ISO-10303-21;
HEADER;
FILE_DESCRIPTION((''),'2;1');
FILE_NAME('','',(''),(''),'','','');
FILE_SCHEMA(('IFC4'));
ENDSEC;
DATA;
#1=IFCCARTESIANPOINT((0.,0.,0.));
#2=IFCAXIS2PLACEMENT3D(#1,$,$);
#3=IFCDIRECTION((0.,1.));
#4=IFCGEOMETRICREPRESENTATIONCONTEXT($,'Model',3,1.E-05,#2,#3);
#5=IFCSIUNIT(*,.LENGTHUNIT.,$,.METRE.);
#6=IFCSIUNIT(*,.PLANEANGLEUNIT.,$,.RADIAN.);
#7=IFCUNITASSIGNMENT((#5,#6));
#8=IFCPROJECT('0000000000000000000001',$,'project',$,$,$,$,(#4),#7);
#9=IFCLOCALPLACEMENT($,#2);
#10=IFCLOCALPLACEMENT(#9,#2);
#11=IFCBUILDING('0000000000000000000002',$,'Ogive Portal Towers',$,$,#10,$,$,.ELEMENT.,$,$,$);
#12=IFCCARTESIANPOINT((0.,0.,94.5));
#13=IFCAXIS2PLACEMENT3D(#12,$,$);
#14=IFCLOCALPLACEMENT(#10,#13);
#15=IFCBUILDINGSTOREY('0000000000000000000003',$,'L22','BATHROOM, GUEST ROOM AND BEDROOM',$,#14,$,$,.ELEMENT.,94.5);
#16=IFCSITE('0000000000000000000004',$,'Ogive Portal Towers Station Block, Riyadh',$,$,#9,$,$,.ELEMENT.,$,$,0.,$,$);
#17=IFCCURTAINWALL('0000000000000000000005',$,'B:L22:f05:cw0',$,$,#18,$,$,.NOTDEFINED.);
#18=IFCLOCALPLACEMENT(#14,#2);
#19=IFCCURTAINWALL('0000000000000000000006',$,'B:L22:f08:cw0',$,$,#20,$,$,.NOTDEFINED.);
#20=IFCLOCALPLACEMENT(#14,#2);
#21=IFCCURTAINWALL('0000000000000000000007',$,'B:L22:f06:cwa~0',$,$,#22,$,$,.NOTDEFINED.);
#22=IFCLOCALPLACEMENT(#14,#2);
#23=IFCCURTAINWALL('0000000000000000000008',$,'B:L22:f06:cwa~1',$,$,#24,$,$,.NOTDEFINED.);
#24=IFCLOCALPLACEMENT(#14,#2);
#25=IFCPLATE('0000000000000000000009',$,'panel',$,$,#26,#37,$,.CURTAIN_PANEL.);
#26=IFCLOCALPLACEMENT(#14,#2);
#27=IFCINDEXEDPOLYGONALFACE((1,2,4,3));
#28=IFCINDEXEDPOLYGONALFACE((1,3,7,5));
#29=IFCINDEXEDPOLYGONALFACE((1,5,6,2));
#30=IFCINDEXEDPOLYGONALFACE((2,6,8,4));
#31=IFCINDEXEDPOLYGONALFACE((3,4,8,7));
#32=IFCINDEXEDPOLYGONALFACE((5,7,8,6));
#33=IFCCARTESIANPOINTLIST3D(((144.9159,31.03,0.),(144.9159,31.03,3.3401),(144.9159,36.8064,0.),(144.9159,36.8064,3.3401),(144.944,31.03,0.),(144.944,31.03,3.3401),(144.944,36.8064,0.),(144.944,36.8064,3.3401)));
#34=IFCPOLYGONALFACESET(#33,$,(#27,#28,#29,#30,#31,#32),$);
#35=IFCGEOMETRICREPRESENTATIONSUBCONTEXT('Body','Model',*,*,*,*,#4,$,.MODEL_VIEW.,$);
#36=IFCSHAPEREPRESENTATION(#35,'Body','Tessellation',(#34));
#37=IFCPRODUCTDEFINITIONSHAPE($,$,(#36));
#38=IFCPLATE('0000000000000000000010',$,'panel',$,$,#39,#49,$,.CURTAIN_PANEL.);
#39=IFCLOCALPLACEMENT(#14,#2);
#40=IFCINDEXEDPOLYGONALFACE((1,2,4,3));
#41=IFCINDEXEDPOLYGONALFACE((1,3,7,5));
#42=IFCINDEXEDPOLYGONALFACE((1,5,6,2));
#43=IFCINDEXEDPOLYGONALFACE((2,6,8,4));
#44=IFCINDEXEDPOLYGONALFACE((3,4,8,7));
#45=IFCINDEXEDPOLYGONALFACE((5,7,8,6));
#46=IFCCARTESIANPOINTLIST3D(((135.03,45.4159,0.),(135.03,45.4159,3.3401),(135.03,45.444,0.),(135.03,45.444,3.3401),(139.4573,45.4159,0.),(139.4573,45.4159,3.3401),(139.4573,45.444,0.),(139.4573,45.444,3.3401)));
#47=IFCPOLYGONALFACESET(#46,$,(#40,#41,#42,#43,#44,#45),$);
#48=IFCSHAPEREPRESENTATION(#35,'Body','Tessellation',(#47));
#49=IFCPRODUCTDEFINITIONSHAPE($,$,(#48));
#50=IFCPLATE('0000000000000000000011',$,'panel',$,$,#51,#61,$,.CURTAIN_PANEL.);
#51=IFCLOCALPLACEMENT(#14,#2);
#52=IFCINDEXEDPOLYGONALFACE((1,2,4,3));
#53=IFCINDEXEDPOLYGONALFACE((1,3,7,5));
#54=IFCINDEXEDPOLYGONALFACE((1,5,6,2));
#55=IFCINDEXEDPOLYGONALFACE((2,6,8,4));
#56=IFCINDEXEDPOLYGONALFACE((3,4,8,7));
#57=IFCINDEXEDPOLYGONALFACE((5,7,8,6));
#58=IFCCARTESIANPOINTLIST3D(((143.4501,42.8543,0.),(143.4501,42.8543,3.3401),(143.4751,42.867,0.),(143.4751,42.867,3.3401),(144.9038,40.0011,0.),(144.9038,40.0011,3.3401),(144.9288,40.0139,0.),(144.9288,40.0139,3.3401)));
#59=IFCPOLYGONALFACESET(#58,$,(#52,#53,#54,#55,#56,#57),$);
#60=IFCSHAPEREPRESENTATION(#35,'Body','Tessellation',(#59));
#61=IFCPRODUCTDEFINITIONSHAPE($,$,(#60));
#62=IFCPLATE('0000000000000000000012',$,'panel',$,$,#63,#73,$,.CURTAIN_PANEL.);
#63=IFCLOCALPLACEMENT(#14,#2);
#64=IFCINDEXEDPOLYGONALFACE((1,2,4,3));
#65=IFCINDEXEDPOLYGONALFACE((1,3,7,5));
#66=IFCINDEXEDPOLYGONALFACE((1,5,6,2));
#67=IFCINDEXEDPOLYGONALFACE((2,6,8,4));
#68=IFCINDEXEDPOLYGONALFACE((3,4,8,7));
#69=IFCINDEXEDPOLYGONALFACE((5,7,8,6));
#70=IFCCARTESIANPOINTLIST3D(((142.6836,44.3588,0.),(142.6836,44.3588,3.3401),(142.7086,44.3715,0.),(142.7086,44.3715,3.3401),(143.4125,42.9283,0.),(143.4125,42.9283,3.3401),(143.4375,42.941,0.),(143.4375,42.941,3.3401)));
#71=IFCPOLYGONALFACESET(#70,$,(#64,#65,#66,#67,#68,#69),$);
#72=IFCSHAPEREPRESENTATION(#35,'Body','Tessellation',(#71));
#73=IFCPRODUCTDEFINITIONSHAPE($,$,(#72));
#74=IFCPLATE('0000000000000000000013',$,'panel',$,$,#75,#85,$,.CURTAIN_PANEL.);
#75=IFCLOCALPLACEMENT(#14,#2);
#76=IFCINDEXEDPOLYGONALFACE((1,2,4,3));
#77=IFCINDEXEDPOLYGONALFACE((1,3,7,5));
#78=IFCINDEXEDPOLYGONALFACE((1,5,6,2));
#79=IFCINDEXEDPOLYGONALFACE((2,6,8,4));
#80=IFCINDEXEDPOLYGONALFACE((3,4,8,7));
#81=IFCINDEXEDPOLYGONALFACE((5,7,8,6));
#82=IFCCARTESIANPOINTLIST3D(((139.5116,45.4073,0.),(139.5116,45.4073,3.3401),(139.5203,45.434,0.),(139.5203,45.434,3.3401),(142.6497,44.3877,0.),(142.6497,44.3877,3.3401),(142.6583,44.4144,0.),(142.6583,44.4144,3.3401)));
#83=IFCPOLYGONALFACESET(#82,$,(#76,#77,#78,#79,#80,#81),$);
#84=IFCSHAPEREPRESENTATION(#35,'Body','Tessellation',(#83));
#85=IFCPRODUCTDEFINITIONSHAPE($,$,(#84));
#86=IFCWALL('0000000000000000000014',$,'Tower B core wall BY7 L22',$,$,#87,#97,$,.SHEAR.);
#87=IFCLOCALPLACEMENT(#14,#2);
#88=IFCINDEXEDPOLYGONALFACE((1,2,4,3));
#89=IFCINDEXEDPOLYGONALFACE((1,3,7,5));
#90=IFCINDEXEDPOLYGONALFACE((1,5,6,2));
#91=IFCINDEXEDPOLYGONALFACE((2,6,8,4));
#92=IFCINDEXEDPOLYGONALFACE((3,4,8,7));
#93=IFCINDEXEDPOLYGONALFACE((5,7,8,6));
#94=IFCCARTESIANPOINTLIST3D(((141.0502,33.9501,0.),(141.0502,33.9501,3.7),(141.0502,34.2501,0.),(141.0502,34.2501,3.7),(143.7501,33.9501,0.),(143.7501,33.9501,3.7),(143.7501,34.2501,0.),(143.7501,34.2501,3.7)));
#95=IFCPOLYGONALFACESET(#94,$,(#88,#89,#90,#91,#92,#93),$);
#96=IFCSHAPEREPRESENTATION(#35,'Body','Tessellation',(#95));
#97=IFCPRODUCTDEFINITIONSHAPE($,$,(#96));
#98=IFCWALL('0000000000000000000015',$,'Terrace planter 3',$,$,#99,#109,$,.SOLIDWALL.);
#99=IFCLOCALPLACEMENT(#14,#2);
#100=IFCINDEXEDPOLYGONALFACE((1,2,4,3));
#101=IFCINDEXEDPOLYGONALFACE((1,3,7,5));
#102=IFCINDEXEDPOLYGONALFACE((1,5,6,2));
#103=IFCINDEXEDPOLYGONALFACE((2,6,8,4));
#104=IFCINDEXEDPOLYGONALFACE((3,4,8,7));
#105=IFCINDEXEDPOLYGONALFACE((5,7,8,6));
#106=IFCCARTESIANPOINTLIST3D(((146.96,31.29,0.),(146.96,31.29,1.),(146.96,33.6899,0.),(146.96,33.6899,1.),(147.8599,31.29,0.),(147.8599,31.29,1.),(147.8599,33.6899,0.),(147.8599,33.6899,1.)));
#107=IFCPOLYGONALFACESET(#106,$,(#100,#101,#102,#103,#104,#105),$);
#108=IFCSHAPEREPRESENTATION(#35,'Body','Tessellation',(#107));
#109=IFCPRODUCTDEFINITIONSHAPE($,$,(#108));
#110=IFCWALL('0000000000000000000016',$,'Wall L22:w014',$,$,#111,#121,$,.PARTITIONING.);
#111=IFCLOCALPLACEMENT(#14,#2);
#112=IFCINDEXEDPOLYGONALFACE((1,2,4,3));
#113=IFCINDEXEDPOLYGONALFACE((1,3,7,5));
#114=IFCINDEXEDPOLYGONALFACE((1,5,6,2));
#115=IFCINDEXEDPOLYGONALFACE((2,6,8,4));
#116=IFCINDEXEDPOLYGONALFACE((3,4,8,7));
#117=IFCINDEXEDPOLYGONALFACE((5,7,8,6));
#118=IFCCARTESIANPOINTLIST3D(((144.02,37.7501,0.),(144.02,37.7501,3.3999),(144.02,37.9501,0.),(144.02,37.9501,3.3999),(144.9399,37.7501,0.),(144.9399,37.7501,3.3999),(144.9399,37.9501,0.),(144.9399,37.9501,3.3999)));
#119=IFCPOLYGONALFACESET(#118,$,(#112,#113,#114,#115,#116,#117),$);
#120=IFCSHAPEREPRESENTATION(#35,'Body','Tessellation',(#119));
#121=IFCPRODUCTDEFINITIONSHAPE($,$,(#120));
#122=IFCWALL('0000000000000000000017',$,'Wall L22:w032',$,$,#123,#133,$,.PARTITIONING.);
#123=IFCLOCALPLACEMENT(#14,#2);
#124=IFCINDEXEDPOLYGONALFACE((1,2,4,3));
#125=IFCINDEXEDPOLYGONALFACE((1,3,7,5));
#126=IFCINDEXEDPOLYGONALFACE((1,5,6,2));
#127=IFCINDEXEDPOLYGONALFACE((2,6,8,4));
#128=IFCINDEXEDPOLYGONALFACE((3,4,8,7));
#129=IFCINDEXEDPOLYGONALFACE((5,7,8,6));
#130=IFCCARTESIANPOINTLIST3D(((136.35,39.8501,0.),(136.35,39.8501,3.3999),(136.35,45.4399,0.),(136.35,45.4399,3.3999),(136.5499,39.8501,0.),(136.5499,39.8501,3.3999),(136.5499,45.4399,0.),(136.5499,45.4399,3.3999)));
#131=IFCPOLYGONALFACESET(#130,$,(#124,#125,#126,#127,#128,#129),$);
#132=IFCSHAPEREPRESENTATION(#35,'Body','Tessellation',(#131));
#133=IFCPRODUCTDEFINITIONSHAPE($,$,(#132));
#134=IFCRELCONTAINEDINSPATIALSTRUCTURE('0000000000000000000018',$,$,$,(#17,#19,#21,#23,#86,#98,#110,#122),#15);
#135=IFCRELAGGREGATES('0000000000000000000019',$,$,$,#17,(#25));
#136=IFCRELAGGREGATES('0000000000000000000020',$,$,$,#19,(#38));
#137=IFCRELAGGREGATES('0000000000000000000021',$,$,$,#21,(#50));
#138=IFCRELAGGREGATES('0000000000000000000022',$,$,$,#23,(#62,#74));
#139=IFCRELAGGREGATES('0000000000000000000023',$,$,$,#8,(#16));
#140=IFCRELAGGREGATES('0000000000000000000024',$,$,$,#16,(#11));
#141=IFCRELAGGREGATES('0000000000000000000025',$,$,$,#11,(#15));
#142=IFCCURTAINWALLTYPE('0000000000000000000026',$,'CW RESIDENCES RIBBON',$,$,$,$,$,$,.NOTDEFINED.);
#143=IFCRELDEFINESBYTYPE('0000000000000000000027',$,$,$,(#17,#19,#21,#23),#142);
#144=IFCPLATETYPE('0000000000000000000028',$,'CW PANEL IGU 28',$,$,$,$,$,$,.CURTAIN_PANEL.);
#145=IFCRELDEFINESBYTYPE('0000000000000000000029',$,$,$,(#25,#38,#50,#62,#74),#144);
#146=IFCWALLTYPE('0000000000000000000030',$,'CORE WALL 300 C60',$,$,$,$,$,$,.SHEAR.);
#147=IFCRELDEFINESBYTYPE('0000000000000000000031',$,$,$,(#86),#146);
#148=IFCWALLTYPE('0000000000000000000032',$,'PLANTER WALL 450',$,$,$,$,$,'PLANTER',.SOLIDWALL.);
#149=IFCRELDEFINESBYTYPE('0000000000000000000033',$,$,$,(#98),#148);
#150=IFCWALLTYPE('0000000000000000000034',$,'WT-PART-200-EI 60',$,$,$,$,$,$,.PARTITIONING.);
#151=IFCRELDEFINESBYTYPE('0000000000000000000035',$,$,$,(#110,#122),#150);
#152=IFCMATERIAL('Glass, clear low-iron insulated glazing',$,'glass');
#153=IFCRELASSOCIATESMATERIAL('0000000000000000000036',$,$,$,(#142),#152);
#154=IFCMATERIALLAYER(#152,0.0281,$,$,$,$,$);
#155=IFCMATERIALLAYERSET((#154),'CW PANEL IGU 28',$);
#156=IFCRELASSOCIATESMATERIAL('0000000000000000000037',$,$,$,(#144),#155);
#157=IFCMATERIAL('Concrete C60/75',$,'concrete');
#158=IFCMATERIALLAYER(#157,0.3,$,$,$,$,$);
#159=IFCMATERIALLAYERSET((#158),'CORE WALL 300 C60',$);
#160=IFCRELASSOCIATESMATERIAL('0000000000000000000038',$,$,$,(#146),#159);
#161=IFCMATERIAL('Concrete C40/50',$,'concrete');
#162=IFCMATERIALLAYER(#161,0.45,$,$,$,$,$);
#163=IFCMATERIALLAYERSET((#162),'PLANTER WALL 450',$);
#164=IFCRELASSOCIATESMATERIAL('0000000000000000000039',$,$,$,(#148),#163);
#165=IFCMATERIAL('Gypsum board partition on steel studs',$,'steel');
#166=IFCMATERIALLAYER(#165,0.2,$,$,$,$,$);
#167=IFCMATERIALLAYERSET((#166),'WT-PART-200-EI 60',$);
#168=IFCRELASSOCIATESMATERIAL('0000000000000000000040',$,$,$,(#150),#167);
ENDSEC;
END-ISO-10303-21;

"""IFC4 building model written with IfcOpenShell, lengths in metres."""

from ifc_helpers import new_model, si_unit, direction, frame, frame_2d, origin, origin_2d, place, context, subcontext, project, spatial, rectangle, extrude, material, layer, layer_set, type_object, element, aggregate, save


model = new_model("IFC4")

# Units and contexts
model_context = context("Model", 3, precision=1e-05, world=origin(), true_north=direction((0.0, 1.0)))
body_context = subcontext(model_context, "Body", "Model", "MODEL_VIEW")
ifc_project = project(units=[si_unit("LENGTHUNIT", "METRE"), si_unit("PLANEANGLEUNIT", "RADIAN")], contexts=[model_context])

# Site, building, storey
site_placement = place(None, origin())
site = spatial("IfcSite", under=ifc_project, at=site_placement, Name="Ogive Portal Towers Station Block, Riyadh", CompositionType="ELEMENT", RefElevation=0.0)
building_placement = place(site_placement, origin())
building = spatial("IfcBuilding", under=site, at=building_placement, Name="Ogive Portal Towers", CompositionType="ELEMENT")
storey_placement = place(building_placement, frame((0.0, 0.0, 94.5)))
storey = spatial("IfcBuildingStorey", under=building, at=storey_placement, Name="L22", Description="BATHROOM, GUEST ROOM AND BEDROOM", CompositionType="ELEMENT", Elevation=94.5)

# Curtain wall
ifc_material_1 = material(Name="Glass, clear low-iron insulated glazing", Category="glass")
curtain_wall_type = type_object("IfcCurtainWallType", Name="CW RESIDENCES RIBBON", PredefinedType="NOTDEFINED", material=ifc_material_1)
curtain_wall_1_placement = place(storey_placement, origin())
curtain_wall_1 = element("IfcCurtainWall", 1, at=curtain_wall_1_placement, inside=storey, type_object=curtain_wall_type, Name="B:L22:f05:cw0", PredefinedType="NOTDEFINED")

# Curtain wall
curtain_wall_2_placement = place(storey_placement, origin())
curtain_wall_2 = element("IfcCurtainWall", 2, at=curtain_wall_2_placement, inside=storey, type_object=curtain_wall_type, Name="B:L22:f08:cw0", PredefinedType="NOTDEFINED")

# Curtain wall
curtain_wall_3_placement = place(storey_placement, origin())
curtain_wall_3 = element("IfcCurtainWall", 3, at=curtain_wall_3_placement, inside=storey, type_object=curtain_wall_type, Name="B:L22:f06:cwa~0", PredefinedType="NOTDEFINED")

# Curtain wall
curtain_wall_4_placement = place(storey_placement, origin())
curtain_wall_4 = element("IfcCurtainWall", 4, at=curtain_wall_4_placement, inside=storey, type_object=curtain_wall_type, Name="B:L22:f06:cwa~1", PredefinedType="NOTDEFINED")

# Plates
ifc_layer_1 = layer(ifc_material_1, 0.0281)
ifc_layer_set_1 = layer_set([ifc_layer_1], Name="CW PANEL IGU 28")
plate_type = type_object("IfcPlateType", Name="CW PANEL IGU 28", PredefinedType="CURTAIN_PANEL", material=ifc_layer_set_1)
plate_1_placement = place(storey_placement, frame((144.9299, 33.9182, 0.0), z_axis=(0.0, 0.0, 1.0), x_axis=(0.0, 1.0, 0.0)))
plate_1 = element("IfcPlate", 5, at=plate_1_placement, type_object=plate_type, Name="panel", PredefinedType="CURTAIN_PANEL", context=body_context, shape_type="SweptSolid", body=[
    extrude(rectangle(XDim=5.7764, YDim=0.0281, at=origin_2d()), origin(), (0.0, 0.0, 1.0), 3.3401),
])
aggregate(curtain_wall_1, [plate_1])
plate_2_placement = place(storey_placement, frame((137.2437, 45.4299, 0.0), z_axis=(0.0, 0.0, 1.0), x_axis=(-1.0, 0.0, 0.0)))
plate_2 = element("IfcPlate", 6, at=plate_2_placement, type_object=plate_type, Name="panel", PredefinedType="CURTAIN_PANEL", context=body_context, shape_type="SweptSolid", body=[
    extrude(rectangle(XDim=4.4272, YDim=0.0281, at=origin_2d()), origin(), (0.0, 0.0, 1.0), 3.3401),
])
aggregate(curtain_wall_2, [plate_2])
plate_3_placement = place(storey_placement, frame((144.1895, 41.4341, 0.0), z_axis=(0.0, 0.0, 1.0), x_axis=(-0.45399, 0.891007, 0.0)))
plate_3 = element("IfcPlate", 7, at=plate_3_placement, type_object=plate_type, Name="panel", PredefinedType="CURTAIN_PANEL", context=body_context, shape_type="SweptSolid", body=[
    extrude(rectangle(XDim=3.2021, YDim=0.0281, at=origin_2d()), origin(), (0.0, 0.0, 1.0), 3.3401),
])
aggregate(curtain_wall_3, [plate_3])
plate_4_placement = place(storey_placement, frame((143.0605, 43.6499, 0.0), z_axis=(0.0, 0.0, 1.0), x_axis=(-0.45399, 0.891007, 0.0)))
plate_4 = element("IfcPlate", 8, at=plate_4_placement, type_object=plate_type, Name="panel", PredefinedType="CURTAIN_PANEL", context=body_context, shape_type="SweptSolid", body=[
    extrude(rectangle(XDim=1.6055, YDim=0.0281, at=origin_2d()), origin(), (0.0, 0.0, 1.0), 3.3401),
])
plate_5_placement = place(storey_placement, frame((141.085, 44.9109, 0.0), z_axis=(0.0, 0.0, 1.0), x_axis=(-0.951057, 0.309017, 0.0)))
plate_5 = element("IfcPlate", 9, at=plate_5_placement, type_object=plate_type, Name="panel", PredefinedType="CURTAIN_PANEL", context=body_context, shape_type="SweptSolid", body=[
    extrude(rectangle(XDim=3.2996, YDim=0.0281, at=origin_2d()), origin(), (0.0, 0.0, 1.0), 3.3401),
])
aggregate(curtain_wall_4, [plate_4, plate_5])

# Walls
ifc_material_2 = material(Name="Concrete C60/75", Category="concrete")
ifc_layer_2 = layer(ifc_material_2, 0.3)
ifc_layer_set_2 = layer_set([ifc_layer_2], Name="CORE WALL 300 C60")
wall_type_1 = type_object("IfcWallType", Name="CORE WALL 300 C60", PredefinedType="SHEAR", material=ifc_layer_set_2)
wall_1_placement = place(storey_placement, frame((141.05, 34.1001, 0.0), z_axis=(0.0, 0.0, 1.0), x_axis=(1.0, 0.0, 0.0)))
element("IfcWall", 10, at=wall_1_placement, inside=storey, type_object=wall_type_1, Name="Tower B core wall BY7 L22", PredefinedType="SHEAR", context=body_context, shape_type="SweptSolid", body=[
    extrude(rectangle(XDim=2.7, YDim=0.3, at=frame_2d((1.3501, 0.0))), origin(), (0.0, 0.0, 1.0), 3.7),
])
ifc_material_3 = material(Name="Concrete C40/50", Category="concrete")
ifc_layer_3 = layer(ifc_material_3, 0.45)
ifc_layer_set_3 = layer_set([ifc_layer_3], Name="PLANTER WALL 450")
wall_type_2 = type_object("IfcWallType", Name="PLANTER WALL 450", ElementType="PLANTER", PredefinedType="SOLIDWALL", material=ifc_layer_set_3)
wall_2_placement = place(storey_placement, frame((147.4099, 32.49, 0.0), z_axis=(0.0, 0.0, 1.0), x_axis=(1.0, 0.0, 0.0)))
element("IfcWall", 11, at=wall_2_placement, inside=storey, type_object=wall_type_2, Name="Terrace planter 3", PredefinedType="SOLIDWALL", context=body_context, shape_type="SweptSolid", body=[
    extrude(rectangle(XDim=0.8999, YDim=2.3999, at=origin_2d()), origin(), (0.0, 0.0, 1.0), 1.0),
])
ifc_material_4 = material(Name="Gypsum board partition on steel studs", Category="steel")
ifc_layer_4 = layer(ifc_material_4, 0.2)
ifc_layer_set_4 = layer_set([ifc_layer_4], Name="WT-PART-200-EI 60")
wall_type_3 = type_object("IfcWallType", Name="WT-PART-200-EI 60", PredefinedType="PARTITIONING", material=ifc_layer_set_4)
wall_3_placement = place(storey_placement, frame((144.02, 37.8501, 0.0), z_axis=(0.0, 0.0, 1.0), x_axis=(1.0, 0.0, 0.0)))
element("IfcWall", 12, at=wall_3_placement, inside=storey, type_object=wall_type_3, Name="Wall L22:w014", PredefinedType="PARTITIONING", context=body_context, shape_type="SweptSolid", body=[
    extrude(rectangle(XDim=0.9199, YDim=0.2, at=frame_2d((0.46, 0.0))), origin(), (0.0, 0.0, 1.0), 3.3999),
])
wall_4_placement = place(storey_placement, frame((136.45, 39.8501, 0.0), z_axis=(0.0, 0.0, 1.0), x_axis=(0.0, 1.0, 0.0)))
element("IfcWall", 13, at=wall_4_placement, inside=storey, type_object=wall_type_3, Name="Wall L22:w032", PredefinedType="PARTITIONING", context=body_context, shape_type="SweptSolid", body=[
    extrude(rectangle(XDim=5.5898, YDim=0.2, at=frame_2d((2.7949, 0.0))), origin(), (0.0, 0.0, 1.0), 3.3999),
])

save(model, "model.ifc")
